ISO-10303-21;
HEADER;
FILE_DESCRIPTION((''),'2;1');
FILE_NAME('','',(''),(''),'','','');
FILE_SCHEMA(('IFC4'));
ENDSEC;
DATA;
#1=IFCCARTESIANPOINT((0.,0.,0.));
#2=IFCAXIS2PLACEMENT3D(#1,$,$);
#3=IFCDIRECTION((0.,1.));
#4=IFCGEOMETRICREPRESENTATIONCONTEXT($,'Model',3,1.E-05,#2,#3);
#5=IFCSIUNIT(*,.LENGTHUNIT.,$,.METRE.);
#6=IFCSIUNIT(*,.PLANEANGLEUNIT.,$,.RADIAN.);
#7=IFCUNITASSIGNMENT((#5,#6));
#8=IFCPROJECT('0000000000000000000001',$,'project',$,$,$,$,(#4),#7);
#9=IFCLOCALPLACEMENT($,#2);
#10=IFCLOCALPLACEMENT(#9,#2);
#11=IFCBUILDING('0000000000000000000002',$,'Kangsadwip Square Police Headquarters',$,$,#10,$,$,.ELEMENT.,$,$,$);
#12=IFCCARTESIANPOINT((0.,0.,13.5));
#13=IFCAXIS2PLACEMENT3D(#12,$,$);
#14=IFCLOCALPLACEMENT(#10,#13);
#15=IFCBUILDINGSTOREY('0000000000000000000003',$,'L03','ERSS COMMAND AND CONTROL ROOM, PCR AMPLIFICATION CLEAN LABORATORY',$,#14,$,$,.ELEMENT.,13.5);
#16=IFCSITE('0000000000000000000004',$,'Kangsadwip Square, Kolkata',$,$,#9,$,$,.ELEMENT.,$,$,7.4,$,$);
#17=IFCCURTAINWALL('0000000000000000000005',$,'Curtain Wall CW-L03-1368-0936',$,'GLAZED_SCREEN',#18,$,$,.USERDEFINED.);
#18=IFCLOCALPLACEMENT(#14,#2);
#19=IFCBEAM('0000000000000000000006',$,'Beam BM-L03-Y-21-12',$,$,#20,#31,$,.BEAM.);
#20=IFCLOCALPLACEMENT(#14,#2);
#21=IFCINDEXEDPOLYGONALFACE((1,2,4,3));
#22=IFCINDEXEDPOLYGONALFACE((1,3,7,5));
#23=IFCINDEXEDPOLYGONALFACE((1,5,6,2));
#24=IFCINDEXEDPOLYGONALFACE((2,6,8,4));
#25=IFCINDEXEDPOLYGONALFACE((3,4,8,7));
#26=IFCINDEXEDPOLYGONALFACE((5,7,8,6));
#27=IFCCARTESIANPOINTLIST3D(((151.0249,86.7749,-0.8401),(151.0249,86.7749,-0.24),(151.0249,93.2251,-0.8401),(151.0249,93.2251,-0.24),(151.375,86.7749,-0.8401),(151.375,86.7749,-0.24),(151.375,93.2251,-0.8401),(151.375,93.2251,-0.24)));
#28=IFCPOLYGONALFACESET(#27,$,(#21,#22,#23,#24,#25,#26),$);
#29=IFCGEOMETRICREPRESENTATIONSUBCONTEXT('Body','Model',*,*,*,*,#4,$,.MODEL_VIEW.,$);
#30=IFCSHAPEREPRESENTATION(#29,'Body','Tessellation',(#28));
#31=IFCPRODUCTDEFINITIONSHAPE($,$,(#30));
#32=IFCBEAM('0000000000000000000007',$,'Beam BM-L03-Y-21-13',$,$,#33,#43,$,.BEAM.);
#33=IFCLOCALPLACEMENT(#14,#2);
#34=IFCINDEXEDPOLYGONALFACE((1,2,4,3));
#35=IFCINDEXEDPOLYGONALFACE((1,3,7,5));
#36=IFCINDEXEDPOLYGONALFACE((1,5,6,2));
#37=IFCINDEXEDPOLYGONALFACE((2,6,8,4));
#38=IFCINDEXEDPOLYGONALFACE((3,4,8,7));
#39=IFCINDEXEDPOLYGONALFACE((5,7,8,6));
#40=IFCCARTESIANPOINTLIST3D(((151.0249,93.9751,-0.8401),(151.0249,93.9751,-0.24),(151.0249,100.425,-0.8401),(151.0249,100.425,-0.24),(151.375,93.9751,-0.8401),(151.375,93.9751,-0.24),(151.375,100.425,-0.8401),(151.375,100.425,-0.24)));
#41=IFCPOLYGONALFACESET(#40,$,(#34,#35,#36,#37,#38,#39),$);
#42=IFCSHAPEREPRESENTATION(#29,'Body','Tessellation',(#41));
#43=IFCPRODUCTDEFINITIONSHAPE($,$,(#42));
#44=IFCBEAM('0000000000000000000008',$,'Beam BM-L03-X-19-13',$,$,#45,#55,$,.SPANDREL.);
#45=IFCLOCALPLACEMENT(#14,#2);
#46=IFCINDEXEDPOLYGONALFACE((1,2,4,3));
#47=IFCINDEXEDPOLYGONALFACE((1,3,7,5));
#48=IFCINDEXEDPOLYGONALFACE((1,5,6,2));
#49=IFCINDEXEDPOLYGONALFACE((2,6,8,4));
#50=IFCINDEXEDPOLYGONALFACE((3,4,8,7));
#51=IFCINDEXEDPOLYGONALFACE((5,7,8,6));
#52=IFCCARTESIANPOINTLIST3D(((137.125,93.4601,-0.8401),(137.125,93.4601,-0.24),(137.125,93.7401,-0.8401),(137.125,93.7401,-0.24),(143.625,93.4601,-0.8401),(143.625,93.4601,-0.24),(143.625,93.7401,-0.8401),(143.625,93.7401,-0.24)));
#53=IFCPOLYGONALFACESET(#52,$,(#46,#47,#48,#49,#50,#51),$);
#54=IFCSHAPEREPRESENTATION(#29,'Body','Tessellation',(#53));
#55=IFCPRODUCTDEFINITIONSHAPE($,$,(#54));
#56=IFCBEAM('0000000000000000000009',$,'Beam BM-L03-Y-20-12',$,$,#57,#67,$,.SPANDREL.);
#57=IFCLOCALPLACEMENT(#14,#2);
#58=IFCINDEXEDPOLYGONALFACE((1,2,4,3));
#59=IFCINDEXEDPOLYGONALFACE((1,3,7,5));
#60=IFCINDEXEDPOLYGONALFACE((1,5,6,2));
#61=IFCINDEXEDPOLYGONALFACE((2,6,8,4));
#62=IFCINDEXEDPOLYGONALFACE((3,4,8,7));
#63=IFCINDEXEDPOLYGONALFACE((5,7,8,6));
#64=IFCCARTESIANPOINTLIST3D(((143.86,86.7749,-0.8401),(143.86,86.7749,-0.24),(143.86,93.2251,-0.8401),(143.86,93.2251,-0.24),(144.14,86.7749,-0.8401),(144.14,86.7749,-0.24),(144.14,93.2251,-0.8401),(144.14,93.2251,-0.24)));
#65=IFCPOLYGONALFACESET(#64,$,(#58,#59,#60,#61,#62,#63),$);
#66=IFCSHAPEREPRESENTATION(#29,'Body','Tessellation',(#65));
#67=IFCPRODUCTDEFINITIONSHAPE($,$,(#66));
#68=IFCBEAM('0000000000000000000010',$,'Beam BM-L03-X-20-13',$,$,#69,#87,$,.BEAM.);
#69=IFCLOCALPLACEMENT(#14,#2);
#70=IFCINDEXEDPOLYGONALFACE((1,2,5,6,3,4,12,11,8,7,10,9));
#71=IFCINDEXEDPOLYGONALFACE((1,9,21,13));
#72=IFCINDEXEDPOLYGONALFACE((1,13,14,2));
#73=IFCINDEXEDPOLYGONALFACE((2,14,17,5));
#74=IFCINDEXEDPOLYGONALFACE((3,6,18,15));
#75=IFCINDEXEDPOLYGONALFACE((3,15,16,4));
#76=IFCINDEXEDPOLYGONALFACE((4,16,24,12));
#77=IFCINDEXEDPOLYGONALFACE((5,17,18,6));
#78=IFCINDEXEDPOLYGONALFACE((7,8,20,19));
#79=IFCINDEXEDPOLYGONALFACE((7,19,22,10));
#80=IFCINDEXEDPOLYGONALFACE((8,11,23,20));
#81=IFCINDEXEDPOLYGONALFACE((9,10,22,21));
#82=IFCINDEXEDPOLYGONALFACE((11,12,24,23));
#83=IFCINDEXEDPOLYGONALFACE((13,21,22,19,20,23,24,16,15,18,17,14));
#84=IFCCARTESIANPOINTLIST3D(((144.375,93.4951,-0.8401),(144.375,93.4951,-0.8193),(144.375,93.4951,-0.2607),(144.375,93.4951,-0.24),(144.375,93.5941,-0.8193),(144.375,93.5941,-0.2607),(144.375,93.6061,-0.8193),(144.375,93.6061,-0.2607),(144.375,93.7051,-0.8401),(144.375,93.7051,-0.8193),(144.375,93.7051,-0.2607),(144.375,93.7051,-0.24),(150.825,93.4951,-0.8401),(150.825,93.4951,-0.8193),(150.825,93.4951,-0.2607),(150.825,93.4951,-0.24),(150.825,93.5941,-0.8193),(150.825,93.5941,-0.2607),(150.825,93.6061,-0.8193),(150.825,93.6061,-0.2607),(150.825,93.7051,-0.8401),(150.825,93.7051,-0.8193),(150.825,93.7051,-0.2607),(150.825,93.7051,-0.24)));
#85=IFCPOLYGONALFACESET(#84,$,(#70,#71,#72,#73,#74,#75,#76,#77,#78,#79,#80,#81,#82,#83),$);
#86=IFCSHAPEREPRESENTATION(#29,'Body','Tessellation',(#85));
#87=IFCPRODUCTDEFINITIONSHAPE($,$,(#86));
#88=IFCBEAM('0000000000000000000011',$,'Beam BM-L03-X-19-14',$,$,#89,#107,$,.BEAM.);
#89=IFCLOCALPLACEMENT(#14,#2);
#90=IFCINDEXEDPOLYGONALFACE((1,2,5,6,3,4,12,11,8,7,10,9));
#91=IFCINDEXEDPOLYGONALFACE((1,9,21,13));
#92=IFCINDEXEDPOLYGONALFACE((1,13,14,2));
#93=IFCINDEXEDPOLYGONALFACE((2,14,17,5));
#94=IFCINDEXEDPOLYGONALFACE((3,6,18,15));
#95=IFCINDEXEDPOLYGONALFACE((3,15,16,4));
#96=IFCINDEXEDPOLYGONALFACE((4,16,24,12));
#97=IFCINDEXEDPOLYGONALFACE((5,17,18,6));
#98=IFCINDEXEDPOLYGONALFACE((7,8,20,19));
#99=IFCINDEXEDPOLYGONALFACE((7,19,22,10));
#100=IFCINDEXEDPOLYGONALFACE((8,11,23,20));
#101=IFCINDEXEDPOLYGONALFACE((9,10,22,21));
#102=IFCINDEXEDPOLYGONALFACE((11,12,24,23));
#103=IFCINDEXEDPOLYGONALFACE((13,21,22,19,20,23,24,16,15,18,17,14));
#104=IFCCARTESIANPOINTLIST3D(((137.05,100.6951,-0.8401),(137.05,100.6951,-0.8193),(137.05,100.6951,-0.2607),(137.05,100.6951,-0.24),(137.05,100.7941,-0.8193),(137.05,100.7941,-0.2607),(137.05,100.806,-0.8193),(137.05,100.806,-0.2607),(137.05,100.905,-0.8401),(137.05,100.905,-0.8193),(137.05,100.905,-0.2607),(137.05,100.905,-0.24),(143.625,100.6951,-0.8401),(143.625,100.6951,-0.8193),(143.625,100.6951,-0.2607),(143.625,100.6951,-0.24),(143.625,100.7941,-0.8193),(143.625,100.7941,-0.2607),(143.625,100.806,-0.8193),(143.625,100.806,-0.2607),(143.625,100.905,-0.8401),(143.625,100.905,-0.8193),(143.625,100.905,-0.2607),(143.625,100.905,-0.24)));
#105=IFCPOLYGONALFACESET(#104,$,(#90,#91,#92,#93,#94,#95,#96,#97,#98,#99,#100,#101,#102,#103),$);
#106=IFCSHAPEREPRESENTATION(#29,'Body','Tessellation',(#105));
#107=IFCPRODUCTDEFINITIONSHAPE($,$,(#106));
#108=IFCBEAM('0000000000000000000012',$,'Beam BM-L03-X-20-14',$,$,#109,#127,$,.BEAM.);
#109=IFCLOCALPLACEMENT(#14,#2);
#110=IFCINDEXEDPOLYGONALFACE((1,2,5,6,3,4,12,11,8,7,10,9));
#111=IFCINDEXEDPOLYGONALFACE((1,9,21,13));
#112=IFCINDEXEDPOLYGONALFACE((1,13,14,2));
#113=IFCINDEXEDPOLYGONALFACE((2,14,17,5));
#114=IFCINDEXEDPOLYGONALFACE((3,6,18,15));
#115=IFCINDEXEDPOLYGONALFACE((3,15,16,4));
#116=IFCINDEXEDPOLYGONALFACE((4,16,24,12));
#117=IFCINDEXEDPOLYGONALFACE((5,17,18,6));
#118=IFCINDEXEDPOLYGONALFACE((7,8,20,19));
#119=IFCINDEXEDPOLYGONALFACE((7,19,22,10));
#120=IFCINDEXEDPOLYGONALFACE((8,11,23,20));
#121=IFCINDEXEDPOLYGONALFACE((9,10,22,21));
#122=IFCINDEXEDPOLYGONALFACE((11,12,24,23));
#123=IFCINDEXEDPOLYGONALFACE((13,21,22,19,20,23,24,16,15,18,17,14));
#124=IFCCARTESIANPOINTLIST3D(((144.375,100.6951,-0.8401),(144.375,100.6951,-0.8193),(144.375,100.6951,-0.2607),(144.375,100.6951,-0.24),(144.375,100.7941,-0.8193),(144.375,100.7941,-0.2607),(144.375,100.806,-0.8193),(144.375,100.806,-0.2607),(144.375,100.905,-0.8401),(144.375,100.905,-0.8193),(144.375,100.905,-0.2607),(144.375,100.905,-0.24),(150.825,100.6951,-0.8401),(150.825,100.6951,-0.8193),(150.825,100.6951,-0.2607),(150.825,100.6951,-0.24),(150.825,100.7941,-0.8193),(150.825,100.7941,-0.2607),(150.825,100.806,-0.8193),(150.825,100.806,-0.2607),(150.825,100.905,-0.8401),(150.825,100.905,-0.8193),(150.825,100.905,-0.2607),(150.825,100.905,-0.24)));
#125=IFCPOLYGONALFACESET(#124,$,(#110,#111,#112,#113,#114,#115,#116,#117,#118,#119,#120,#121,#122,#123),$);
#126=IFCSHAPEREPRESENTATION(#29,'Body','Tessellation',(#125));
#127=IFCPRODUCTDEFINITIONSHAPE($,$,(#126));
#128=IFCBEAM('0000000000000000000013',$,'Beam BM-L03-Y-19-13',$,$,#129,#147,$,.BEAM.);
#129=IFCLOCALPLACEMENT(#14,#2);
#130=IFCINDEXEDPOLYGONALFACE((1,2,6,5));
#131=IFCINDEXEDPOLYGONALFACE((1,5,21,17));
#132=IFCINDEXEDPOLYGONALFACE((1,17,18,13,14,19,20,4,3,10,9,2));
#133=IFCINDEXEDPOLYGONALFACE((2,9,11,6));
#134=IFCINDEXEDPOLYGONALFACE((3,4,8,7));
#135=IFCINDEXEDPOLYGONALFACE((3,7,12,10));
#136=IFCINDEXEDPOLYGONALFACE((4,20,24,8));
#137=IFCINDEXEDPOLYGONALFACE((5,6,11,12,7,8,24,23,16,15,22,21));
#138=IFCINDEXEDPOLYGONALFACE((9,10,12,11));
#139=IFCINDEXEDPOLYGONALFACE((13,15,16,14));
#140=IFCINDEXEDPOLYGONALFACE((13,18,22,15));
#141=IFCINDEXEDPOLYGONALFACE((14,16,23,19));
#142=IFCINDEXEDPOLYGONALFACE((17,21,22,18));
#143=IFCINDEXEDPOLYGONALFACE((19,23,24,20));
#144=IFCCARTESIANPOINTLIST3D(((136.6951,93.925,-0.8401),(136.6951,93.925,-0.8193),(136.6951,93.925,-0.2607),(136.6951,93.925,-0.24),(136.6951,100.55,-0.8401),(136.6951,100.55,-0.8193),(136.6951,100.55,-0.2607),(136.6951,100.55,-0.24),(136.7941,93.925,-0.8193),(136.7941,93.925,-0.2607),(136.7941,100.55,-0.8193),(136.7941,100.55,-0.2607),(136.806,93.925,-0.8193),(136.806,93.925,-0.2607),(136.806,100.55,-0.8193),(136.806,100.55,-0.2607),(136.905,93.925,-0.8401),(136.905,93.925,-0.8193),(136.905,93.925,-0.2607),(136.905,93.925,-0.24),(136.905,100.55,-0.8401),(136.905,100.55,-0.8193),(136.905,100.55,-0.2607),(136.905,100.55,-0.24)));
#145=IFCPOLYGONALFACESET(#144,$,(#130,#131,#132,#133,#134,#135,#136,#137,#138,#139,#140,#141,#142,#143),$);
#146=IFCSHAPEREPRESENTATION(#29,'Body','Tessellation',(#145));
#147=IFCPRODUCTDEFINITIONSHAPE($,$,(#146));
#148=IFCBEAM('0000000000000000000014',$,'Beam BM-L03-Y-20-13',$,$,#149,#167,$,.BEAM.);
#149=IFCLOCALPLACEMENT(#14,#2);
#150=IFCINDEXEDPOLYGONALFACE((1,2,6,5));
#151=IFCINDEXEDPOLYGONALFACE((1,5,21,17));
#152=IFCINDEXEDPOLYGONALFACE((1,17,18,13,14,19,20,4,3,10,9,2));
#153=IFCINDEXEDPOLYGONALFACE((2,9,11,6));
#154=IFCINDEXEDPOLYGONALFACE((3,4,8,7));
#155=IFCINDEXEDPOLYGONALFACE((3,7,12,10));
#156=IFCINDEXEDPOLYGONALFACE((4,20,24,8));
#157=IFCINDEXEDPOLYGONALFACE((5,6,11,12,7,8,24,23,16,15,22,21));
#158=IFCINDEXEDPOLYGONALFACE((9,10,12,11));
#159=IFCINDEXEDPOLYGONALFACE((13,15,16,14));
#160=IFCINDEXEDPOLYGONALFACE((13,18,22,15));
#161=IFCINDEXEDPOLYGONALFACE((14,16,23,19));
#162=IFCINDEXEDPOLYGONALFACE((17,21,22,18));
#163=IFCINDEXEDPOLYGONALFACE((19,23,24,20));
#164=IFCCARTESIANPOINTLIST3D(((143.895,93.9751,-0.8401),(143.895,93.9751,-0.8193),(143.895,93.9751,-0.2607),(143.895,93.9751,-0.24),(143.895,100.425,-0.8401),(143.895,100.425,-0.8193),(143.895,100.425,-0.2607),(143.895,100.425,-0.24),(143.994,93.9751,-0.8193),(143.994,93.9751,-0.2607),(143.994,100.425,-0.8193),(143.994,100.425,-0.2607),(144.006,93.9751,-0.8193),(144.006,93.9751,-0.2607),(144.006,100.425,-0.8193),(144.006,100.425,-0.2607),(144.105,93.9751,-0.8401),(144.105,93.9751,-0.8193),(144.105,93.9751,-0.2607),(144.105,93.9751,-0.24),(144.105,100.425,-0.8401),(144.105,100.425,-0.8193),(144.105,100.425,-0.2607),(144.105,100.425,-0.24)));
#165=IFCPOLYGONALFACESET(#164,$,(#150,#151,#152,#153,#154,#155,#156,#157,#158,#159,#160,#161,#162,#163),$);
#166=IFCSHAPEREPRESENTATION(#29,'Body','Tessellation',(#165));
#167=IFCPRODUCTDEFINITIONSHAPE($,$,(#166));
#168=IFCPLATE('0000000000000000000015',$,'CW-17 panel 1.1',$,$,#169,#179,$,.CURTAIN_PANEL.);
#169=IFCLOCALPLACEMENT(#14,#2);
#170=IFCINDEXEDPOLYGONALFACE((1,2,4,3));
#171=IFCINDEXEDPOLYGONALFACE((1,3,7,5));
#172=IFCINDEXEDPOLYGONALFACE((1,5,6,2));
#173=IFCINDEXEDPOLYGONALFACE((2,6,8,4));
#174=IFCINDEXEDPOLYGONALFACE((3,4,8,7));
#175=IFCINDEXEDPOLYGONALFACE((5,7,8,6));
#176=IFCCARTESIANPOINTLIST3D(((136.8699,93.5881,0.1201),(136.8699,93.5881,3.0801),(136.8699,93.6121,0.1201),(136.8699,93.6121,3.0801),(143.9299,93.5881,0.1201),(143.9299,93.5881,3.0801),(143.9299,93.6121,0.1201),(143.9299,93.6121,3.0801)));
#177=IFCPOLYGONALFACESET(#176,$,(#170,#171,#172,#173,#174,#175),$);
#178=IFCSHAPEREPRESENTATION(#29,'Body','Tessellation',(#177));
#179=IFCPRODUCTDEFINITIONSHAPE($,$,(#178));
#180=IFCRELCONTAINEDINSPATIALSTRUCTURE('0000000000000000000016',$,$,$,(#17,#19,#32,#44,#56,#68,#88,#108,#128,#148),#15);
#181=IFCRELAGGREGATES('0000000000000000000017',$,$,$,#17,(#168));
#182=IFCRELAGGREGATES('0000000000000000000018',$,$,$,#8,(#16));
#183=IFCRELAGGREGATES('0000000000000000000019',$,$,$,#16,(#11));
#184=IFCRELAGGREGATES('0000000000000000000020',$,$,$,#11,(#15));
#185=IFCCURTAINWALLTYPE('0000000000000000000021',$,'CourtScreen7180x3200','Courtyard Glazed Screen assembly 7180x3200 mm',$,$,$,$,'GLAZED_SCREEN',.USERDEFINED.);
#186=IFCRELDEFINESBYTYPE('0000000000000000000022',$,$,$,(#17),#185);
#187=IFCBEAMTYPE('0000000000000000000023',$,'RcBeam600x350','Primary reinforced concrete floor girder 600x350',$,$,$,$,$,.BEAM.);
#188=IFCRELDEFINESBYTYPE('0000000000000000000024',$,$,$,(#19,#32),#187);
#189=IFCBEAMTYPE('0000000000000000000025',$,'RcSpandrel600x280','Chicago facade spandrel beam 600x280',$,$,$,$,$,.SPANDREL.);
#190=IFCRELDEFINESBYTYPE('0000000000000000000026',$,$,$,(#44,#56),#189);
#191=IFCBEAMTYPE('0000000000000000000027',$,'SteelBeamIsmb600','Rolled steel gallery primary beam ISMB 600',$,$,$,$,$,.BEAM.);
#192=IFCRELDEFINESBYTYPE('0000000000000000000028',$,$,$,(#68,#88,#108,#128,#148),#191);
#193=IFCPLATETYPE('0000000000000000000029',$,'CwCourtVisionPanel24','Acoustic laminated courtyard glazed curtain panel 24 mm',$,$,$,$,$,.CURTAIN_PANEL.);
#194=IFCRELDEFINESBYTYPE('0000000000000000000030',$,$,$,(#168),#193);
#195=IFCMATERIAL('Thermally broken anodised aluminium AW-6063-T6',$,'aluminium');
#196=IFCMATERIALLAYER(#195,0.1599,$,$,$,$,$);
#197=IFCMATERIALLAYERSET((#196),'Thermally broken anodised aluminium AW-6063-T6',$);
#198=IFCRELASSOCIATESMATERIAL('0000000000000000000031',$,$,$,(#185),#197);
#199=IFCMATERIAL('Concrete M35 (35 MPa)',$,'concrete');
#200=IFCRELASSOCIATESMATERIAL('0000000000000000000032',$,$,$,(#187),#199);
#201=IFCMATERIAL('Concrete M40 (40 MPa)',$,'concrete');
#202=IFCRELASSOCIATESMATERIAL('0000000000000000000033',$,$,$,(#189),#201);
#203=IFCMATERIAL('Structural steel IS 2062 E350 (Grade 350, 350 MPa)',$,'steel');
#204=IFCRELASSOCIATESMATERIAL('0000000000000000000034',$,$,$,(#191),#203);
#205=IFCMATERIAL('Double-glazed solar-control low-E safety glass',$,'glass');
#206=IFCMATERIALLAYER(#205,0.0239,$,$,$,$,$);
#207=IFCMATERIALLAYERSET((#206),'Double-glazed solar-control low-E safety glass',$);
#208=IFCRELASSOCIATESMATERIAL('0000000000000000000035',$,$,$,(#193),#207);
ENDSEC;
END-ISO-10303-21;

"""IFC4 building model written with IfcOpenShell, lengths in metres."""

from ifc_helpers import new_model, si_unit, direction, frame, origin, origin_2d, place, context, subcontext, project, spatial, rectangle, i_section, extrude, material, layer, layer_set, material_profile, profile_set, type_object, element, aggregate, save


model = new_model("IFC4")

# Units and contexts
model_context = context("Model", 3, precision=1e-05, world=origin(), true_north=direction((0.0, 1.0)))
body_context = subcontext(model_context, "Body", "Model", "MODEL_VIEW")
ifc_project = project(units=[si_unit("LENGTHUNIT", "METRE"), si_unit("PLANEANGLEUNIT", "RADIAN")], contexts=[model_context])

# Site, building, storey
site_placement = place(None, origin())
site = spatial("IfcSite", under=ifc_project, at=site_placement, Name="Kangsadwip Square, Kolkata", CompositionType="ELEMENT", RefElevation=7.4)
building_placement = place(site_placement, origin())
building = spatial("IfcBuilding", under=site, at=building_placement, Name="Kangsadwip Square Police Headquarters", CompositionType="ELEMENT")
storey_placement = place(building_placement, frame((0.0, 0.0, 13.5)))
storey = spatial("IfcBuildingStorey", under=building, at=storey_placement, Name="L03", Description="ERSS COMMAND AND CONTROL ROOM, PCR AMPLIFICATION CLEAN LABORATORY", CompositionType="ELEMENT", Elevation=13.5)

# Shared definitions
ifc_material_1 = material(Name="Thermally broken anodised aluminium AW-6063-T6", Category="aluminium")
ifc_layer_1 = layer(ifc_material_1, 0.1599)
ifc_layer_set_1 = layer_set([ifc_layer_1], Name="Thermally broken anodised aluminium AW-6063-T6")
curtain_wall_type = type_object("IfcCurtainWallType", Name="CourtScreen7180x3200", Description="Courtyard Glazed Screen assembly 7180x3200 mm", ElementType="GLAZED_SCREEN", PredefinedType="USERDEFINED", material=ifc_layer_set_1)

# Curtain wall
curtain_wall_1_placement = place(storey_placement, origin())
curtain_wall_1 = element("IfcCurtainWall", 1, at=curtain_wall_1_placement, inside=storey, type_object=curtain_wall_type, Name="Curtain Wall CW-L03-1368-0936", ObjectType="GLAZED_SCREEN", PredefinedType="USERDEFINED")

# Beams
ifc_material_2 = material(Name="Concrete M35 (35 MPa)", Category="concrete")
ifc_material_profile_1 = material_profile(ifc_material_2, rectangle(XDim=0.3501, YDim=0.6001, at=origin_2d()), Name="RC BM 600X350")
ifc_profile_set_1 = profile_set([ifc_material_profile_1], Name="Concrete M35 (35 MPa)")
beam_type_1 = type_object("IfcBeamType", Name="RcBeam600x350", Description="Primary reinforced concrete floor girder 600x350", PredefinedType="BEAM", material=ifc_profile_set_1)
beam_1_placement = place(storey_placement, frame((151.2, 86.7749, -0.54), z_axis=(0.0, 1.0, 0.0), x_axis=(-1.0, 0.0, 0.0)))
element("IfcBeam", 2, at=beam_1_placement, inside=storey, type_object=beam_type_1, Name="Beam BM-L03-Y-21-12", PredefinedType="BEAM", context=body_context, shape_type="SweptSolid", body=[
    extrude(rectangle(XDim=0.3501, YDim=0.6001, at=origin_2d()), origin(), (0.0, 0.0, 1.0), 6.4502),
])
beam_2_placement = place(storey_placement, frame((151.2, 93.9751, -0.54), z_axis=(0.0, 1.0, 0.0), x_axis=(-1.0, 0.0, 0.0)))
element("IfcBeam", 3, at=beam_2_placement, inside=storey, type_object=beam_type_1, Name="Beam BM-L03-Y-21-13", PredefinedType="BEAM", context=body_context, shape_type="SweptSolid", body=[
    extrude(rectangle(XDim=0.3501, YDim=0.6001, at=origin_2d()), origin(), (0.0, 0.0, 1.0), 6.45),
])
ifc_material_3 = material(Name="Concrete M40 (40 MPa)", Category="concrete")
ifc_material_profile_2 = material_profile(ifc_material_3, rectangle(XDim=0.28, YDim=0.6001, at=origin_2d()), Name="RC SPN 600X280")
ifc_profile_set_2 = profile_set([ifc_material_profile_2], Name="Concrete M40 (40 MPa)")
beam_type_2 = type_object("IfcBeamType", Name="RcSpandrel600x280", Description="Chicago facade spandrel beam 600x280", PredefinedType="SPANDREL", material=ifc_profile_set_2)
beam_3_placement = place(storey_placement, frame((137.125, 93.6001, -0.54), z_axis=(1.0, 0.0, 0.0), x_axis=(0.0, 1.0, 0.0)))
element("IfcBeam", 4, at=beam_3_placement, inside=storey, type_object=beam_type_2, Name="Beam BM-L03-X-19-13", PredefinedType="SPANDREL", context=body_context, shape_type="SweptSolid", body=[
    extrude(rectangle(XDim=0.28, YDim=0.6001, at=origin_2d()), origin(), (0.0, 0.0, 1.0), 6.5),
])
beam_4_placement = place(storey_placement, frame((144.0, 86.7749, -0.54), z_axis=(0.0, 1.0, 0.0), x_axis=(-1.0, 0.0, 0.0)))
element("IfcBeam", 5, at=beam_4_placement, inside=storey, type_object=beam_type_2, Name="Beam BM-L03-Y-20-12", PredefinedType="SPANDREL", context=body_context, shape_type="SweptSolid", body=[
    extrude(rectangle(XDim=0.28, YDim=0.6001, at=origin_2d()), origin(), (0.0, 0.0, 1.0), 6.4502),
])
ifc_material_4 = material(Name="Structural steel IS 2062 E350 (Grade 350, 350 MPa)", Category="steel")
ifc_material_profile_3 = material_profile(ifc_material_4, i_section(OverallWidth=0.21, OverallDepth=0.6001, WebThickness=0.012, FlangeThickness=0.0208, at=origin_2d()), Name="ISMB 600")
ifc_profile_set_3 = profile_set([ifc_material_profile_3], Name="Structural steel IS 2062 E350 (Grade 350, 350 MPa)")
beam_type_3 = type_object("IfcBeamType", Name="SteelBeamIsmb600", Description="Rolled steel gallery primary beam ISMB 600", PredefinedType="BEAM", material=ifc_profile_set_3)
beam_5_placement = place(storey_placement, frame((144.375, 93.6001, -0.54), z_axis=(1.0, 0.0, 0.0), x_axis=(0.0, 1.0, 0.0)))
element("IfcBeam", 6, at=beam_5_placement, inside=storey, type_object=beam_type_3, Name="Beam BM-L03-X-20-13", PredefinedType="BEAM", context=body_context, shape_type="SweptSolid", body=[
    extrude(i_section(OverallWidth=0.21, OverallDepth=0.6001, WebThickness=0.012, FlangeThickness=0.0208, at=origin_2d()), origin(), (0.0, 0.0, 1.0), 6.45),
])
beam_6_placement = place(storey_placement, frame((137.05, 100.8, -0.54), z_axis=(1.0, 0.0, 0.0), x_axis=(0.0, 1.0, 0.0)))
element("IfcBeam", 7, at=beam_6_placement, inside=storey, type_object=beam_type_3, Name="Beam BM-L03-X-19-14", PredefinedType="BEAM", context=body_context, shape_type="SweptSolid", body=[
    extrude(i_section(OverallWidth=0.21, OverallDepth=0.6001, WebThickness=0.012, FlangeThickness=0.0208, at=origin_2d()), origin(), (0.0, 0.0, 1.0), 6.575),
])
beam_7_placement = place(storey_placement, frame((144.375, 100.8, -0.54), z_axis=(1.0, 0.0, 0.0), x_axis=(0.0, 1.0, 0.0)))
element("IfcBeam", 8, at=beam_7_placement, inside=storey, type_object=beam_type_3, Name="Beam BM-L03-X-20-14", PredefinedType="BEAM", context=body_context, shape_type="SweptSolid", body=[
    extrude(i_section(OverallWidth=0.21, OverallDepth=0.6001, WebThickness=0.012, FlangeThickness=0.0208, at=origin_2d()), origin(), (0.0, 0.0, 1.0), 6.45),
])
beam_8_placement = place(storey_placement, frame((136.8, 93.925, -0.54), z_axis=(0.0, 1.0, 0.0), x_axis=(-1.0, 0.0, 0.0)))
element("IfcBeam", 9, at=beam_8_placement, inside=storey, type_object=beam_type_3, Name="Beam BM-L03-Y-19-13", PredefinedType="BEAM", context=body_context, shape_type="SweptSolid", body=[
    extrude(i_section(OverallWidth=0.21, OverallDepth=0.6001, WebThickness=0.012, FlangeThickness=0.0208, at=origin_2d()), origin(), (0.0, 0.0, 1.0), 6.625),
])
beam_9_placement = place(storey_placement, frame((144.0, 93.9751, -0.54), z_axis=(0.0, 1.0, 0.0), x_axis=(-1.0, 0.0, 0.0)))
element("IfcBeam", 10, at=beam_9_placement, inside=storey, type_object=beam_type_3, Name="Beam BM-L03-Y-20-13", PredefinedType="BEAM", context=body_context, shape_type="SweptSolid", body=[
    extrude(i_section(OverallWidth=0.21, OverallDepth=0.6001, WebThickness=0.012, FlangeThickness=0.0208, at=origin_2d()), origin(), (0.0, 0.0, 1.0), 6.45),
])

# Plate
ifc_material_5 = material(Name="Double-glazed solar-control low-E safety glass", Category="glass")
ifc_layer_2 = layer(ifc_material_5, 0.0239)
ifc_layer_set_2 = layer_set([ifc_layer_2], Name="Double-glazed solar-control low-E safety glass")
plate_type_1 = type_object("IfcPlateType", Name="CwCourtVisionPanel24", Description="Acoustic laminated courtyard glazed curtain panel 24 mm", PredefinedType="CURTAIN_PANEL", material=ifc_layer_set_2)
plate_placement = place(storey_placement, frame((140.3999, 93.6001, 0.1201), z_axis=(0.0, 0.0, 1.0), x_axis=(1.0, 0.0, 0.0)))
plate = element("IfcPlate", 11, at=plate_placement, type_object=plate_type_1, Name="CW-17 panel 1.1", PredefinedType="CURTAIN_PANEL", context=body_context, shape_type="SweptSolid", body=[
    extrude(rectangle(XDim=7.0601, YDim=0.0239, at=origin_2d()), origin(), (0.0, 0.0, 1.0), 2.96),
])
aggregate(curtain_wall_1, [plate])

save(model, "model.ifc")
